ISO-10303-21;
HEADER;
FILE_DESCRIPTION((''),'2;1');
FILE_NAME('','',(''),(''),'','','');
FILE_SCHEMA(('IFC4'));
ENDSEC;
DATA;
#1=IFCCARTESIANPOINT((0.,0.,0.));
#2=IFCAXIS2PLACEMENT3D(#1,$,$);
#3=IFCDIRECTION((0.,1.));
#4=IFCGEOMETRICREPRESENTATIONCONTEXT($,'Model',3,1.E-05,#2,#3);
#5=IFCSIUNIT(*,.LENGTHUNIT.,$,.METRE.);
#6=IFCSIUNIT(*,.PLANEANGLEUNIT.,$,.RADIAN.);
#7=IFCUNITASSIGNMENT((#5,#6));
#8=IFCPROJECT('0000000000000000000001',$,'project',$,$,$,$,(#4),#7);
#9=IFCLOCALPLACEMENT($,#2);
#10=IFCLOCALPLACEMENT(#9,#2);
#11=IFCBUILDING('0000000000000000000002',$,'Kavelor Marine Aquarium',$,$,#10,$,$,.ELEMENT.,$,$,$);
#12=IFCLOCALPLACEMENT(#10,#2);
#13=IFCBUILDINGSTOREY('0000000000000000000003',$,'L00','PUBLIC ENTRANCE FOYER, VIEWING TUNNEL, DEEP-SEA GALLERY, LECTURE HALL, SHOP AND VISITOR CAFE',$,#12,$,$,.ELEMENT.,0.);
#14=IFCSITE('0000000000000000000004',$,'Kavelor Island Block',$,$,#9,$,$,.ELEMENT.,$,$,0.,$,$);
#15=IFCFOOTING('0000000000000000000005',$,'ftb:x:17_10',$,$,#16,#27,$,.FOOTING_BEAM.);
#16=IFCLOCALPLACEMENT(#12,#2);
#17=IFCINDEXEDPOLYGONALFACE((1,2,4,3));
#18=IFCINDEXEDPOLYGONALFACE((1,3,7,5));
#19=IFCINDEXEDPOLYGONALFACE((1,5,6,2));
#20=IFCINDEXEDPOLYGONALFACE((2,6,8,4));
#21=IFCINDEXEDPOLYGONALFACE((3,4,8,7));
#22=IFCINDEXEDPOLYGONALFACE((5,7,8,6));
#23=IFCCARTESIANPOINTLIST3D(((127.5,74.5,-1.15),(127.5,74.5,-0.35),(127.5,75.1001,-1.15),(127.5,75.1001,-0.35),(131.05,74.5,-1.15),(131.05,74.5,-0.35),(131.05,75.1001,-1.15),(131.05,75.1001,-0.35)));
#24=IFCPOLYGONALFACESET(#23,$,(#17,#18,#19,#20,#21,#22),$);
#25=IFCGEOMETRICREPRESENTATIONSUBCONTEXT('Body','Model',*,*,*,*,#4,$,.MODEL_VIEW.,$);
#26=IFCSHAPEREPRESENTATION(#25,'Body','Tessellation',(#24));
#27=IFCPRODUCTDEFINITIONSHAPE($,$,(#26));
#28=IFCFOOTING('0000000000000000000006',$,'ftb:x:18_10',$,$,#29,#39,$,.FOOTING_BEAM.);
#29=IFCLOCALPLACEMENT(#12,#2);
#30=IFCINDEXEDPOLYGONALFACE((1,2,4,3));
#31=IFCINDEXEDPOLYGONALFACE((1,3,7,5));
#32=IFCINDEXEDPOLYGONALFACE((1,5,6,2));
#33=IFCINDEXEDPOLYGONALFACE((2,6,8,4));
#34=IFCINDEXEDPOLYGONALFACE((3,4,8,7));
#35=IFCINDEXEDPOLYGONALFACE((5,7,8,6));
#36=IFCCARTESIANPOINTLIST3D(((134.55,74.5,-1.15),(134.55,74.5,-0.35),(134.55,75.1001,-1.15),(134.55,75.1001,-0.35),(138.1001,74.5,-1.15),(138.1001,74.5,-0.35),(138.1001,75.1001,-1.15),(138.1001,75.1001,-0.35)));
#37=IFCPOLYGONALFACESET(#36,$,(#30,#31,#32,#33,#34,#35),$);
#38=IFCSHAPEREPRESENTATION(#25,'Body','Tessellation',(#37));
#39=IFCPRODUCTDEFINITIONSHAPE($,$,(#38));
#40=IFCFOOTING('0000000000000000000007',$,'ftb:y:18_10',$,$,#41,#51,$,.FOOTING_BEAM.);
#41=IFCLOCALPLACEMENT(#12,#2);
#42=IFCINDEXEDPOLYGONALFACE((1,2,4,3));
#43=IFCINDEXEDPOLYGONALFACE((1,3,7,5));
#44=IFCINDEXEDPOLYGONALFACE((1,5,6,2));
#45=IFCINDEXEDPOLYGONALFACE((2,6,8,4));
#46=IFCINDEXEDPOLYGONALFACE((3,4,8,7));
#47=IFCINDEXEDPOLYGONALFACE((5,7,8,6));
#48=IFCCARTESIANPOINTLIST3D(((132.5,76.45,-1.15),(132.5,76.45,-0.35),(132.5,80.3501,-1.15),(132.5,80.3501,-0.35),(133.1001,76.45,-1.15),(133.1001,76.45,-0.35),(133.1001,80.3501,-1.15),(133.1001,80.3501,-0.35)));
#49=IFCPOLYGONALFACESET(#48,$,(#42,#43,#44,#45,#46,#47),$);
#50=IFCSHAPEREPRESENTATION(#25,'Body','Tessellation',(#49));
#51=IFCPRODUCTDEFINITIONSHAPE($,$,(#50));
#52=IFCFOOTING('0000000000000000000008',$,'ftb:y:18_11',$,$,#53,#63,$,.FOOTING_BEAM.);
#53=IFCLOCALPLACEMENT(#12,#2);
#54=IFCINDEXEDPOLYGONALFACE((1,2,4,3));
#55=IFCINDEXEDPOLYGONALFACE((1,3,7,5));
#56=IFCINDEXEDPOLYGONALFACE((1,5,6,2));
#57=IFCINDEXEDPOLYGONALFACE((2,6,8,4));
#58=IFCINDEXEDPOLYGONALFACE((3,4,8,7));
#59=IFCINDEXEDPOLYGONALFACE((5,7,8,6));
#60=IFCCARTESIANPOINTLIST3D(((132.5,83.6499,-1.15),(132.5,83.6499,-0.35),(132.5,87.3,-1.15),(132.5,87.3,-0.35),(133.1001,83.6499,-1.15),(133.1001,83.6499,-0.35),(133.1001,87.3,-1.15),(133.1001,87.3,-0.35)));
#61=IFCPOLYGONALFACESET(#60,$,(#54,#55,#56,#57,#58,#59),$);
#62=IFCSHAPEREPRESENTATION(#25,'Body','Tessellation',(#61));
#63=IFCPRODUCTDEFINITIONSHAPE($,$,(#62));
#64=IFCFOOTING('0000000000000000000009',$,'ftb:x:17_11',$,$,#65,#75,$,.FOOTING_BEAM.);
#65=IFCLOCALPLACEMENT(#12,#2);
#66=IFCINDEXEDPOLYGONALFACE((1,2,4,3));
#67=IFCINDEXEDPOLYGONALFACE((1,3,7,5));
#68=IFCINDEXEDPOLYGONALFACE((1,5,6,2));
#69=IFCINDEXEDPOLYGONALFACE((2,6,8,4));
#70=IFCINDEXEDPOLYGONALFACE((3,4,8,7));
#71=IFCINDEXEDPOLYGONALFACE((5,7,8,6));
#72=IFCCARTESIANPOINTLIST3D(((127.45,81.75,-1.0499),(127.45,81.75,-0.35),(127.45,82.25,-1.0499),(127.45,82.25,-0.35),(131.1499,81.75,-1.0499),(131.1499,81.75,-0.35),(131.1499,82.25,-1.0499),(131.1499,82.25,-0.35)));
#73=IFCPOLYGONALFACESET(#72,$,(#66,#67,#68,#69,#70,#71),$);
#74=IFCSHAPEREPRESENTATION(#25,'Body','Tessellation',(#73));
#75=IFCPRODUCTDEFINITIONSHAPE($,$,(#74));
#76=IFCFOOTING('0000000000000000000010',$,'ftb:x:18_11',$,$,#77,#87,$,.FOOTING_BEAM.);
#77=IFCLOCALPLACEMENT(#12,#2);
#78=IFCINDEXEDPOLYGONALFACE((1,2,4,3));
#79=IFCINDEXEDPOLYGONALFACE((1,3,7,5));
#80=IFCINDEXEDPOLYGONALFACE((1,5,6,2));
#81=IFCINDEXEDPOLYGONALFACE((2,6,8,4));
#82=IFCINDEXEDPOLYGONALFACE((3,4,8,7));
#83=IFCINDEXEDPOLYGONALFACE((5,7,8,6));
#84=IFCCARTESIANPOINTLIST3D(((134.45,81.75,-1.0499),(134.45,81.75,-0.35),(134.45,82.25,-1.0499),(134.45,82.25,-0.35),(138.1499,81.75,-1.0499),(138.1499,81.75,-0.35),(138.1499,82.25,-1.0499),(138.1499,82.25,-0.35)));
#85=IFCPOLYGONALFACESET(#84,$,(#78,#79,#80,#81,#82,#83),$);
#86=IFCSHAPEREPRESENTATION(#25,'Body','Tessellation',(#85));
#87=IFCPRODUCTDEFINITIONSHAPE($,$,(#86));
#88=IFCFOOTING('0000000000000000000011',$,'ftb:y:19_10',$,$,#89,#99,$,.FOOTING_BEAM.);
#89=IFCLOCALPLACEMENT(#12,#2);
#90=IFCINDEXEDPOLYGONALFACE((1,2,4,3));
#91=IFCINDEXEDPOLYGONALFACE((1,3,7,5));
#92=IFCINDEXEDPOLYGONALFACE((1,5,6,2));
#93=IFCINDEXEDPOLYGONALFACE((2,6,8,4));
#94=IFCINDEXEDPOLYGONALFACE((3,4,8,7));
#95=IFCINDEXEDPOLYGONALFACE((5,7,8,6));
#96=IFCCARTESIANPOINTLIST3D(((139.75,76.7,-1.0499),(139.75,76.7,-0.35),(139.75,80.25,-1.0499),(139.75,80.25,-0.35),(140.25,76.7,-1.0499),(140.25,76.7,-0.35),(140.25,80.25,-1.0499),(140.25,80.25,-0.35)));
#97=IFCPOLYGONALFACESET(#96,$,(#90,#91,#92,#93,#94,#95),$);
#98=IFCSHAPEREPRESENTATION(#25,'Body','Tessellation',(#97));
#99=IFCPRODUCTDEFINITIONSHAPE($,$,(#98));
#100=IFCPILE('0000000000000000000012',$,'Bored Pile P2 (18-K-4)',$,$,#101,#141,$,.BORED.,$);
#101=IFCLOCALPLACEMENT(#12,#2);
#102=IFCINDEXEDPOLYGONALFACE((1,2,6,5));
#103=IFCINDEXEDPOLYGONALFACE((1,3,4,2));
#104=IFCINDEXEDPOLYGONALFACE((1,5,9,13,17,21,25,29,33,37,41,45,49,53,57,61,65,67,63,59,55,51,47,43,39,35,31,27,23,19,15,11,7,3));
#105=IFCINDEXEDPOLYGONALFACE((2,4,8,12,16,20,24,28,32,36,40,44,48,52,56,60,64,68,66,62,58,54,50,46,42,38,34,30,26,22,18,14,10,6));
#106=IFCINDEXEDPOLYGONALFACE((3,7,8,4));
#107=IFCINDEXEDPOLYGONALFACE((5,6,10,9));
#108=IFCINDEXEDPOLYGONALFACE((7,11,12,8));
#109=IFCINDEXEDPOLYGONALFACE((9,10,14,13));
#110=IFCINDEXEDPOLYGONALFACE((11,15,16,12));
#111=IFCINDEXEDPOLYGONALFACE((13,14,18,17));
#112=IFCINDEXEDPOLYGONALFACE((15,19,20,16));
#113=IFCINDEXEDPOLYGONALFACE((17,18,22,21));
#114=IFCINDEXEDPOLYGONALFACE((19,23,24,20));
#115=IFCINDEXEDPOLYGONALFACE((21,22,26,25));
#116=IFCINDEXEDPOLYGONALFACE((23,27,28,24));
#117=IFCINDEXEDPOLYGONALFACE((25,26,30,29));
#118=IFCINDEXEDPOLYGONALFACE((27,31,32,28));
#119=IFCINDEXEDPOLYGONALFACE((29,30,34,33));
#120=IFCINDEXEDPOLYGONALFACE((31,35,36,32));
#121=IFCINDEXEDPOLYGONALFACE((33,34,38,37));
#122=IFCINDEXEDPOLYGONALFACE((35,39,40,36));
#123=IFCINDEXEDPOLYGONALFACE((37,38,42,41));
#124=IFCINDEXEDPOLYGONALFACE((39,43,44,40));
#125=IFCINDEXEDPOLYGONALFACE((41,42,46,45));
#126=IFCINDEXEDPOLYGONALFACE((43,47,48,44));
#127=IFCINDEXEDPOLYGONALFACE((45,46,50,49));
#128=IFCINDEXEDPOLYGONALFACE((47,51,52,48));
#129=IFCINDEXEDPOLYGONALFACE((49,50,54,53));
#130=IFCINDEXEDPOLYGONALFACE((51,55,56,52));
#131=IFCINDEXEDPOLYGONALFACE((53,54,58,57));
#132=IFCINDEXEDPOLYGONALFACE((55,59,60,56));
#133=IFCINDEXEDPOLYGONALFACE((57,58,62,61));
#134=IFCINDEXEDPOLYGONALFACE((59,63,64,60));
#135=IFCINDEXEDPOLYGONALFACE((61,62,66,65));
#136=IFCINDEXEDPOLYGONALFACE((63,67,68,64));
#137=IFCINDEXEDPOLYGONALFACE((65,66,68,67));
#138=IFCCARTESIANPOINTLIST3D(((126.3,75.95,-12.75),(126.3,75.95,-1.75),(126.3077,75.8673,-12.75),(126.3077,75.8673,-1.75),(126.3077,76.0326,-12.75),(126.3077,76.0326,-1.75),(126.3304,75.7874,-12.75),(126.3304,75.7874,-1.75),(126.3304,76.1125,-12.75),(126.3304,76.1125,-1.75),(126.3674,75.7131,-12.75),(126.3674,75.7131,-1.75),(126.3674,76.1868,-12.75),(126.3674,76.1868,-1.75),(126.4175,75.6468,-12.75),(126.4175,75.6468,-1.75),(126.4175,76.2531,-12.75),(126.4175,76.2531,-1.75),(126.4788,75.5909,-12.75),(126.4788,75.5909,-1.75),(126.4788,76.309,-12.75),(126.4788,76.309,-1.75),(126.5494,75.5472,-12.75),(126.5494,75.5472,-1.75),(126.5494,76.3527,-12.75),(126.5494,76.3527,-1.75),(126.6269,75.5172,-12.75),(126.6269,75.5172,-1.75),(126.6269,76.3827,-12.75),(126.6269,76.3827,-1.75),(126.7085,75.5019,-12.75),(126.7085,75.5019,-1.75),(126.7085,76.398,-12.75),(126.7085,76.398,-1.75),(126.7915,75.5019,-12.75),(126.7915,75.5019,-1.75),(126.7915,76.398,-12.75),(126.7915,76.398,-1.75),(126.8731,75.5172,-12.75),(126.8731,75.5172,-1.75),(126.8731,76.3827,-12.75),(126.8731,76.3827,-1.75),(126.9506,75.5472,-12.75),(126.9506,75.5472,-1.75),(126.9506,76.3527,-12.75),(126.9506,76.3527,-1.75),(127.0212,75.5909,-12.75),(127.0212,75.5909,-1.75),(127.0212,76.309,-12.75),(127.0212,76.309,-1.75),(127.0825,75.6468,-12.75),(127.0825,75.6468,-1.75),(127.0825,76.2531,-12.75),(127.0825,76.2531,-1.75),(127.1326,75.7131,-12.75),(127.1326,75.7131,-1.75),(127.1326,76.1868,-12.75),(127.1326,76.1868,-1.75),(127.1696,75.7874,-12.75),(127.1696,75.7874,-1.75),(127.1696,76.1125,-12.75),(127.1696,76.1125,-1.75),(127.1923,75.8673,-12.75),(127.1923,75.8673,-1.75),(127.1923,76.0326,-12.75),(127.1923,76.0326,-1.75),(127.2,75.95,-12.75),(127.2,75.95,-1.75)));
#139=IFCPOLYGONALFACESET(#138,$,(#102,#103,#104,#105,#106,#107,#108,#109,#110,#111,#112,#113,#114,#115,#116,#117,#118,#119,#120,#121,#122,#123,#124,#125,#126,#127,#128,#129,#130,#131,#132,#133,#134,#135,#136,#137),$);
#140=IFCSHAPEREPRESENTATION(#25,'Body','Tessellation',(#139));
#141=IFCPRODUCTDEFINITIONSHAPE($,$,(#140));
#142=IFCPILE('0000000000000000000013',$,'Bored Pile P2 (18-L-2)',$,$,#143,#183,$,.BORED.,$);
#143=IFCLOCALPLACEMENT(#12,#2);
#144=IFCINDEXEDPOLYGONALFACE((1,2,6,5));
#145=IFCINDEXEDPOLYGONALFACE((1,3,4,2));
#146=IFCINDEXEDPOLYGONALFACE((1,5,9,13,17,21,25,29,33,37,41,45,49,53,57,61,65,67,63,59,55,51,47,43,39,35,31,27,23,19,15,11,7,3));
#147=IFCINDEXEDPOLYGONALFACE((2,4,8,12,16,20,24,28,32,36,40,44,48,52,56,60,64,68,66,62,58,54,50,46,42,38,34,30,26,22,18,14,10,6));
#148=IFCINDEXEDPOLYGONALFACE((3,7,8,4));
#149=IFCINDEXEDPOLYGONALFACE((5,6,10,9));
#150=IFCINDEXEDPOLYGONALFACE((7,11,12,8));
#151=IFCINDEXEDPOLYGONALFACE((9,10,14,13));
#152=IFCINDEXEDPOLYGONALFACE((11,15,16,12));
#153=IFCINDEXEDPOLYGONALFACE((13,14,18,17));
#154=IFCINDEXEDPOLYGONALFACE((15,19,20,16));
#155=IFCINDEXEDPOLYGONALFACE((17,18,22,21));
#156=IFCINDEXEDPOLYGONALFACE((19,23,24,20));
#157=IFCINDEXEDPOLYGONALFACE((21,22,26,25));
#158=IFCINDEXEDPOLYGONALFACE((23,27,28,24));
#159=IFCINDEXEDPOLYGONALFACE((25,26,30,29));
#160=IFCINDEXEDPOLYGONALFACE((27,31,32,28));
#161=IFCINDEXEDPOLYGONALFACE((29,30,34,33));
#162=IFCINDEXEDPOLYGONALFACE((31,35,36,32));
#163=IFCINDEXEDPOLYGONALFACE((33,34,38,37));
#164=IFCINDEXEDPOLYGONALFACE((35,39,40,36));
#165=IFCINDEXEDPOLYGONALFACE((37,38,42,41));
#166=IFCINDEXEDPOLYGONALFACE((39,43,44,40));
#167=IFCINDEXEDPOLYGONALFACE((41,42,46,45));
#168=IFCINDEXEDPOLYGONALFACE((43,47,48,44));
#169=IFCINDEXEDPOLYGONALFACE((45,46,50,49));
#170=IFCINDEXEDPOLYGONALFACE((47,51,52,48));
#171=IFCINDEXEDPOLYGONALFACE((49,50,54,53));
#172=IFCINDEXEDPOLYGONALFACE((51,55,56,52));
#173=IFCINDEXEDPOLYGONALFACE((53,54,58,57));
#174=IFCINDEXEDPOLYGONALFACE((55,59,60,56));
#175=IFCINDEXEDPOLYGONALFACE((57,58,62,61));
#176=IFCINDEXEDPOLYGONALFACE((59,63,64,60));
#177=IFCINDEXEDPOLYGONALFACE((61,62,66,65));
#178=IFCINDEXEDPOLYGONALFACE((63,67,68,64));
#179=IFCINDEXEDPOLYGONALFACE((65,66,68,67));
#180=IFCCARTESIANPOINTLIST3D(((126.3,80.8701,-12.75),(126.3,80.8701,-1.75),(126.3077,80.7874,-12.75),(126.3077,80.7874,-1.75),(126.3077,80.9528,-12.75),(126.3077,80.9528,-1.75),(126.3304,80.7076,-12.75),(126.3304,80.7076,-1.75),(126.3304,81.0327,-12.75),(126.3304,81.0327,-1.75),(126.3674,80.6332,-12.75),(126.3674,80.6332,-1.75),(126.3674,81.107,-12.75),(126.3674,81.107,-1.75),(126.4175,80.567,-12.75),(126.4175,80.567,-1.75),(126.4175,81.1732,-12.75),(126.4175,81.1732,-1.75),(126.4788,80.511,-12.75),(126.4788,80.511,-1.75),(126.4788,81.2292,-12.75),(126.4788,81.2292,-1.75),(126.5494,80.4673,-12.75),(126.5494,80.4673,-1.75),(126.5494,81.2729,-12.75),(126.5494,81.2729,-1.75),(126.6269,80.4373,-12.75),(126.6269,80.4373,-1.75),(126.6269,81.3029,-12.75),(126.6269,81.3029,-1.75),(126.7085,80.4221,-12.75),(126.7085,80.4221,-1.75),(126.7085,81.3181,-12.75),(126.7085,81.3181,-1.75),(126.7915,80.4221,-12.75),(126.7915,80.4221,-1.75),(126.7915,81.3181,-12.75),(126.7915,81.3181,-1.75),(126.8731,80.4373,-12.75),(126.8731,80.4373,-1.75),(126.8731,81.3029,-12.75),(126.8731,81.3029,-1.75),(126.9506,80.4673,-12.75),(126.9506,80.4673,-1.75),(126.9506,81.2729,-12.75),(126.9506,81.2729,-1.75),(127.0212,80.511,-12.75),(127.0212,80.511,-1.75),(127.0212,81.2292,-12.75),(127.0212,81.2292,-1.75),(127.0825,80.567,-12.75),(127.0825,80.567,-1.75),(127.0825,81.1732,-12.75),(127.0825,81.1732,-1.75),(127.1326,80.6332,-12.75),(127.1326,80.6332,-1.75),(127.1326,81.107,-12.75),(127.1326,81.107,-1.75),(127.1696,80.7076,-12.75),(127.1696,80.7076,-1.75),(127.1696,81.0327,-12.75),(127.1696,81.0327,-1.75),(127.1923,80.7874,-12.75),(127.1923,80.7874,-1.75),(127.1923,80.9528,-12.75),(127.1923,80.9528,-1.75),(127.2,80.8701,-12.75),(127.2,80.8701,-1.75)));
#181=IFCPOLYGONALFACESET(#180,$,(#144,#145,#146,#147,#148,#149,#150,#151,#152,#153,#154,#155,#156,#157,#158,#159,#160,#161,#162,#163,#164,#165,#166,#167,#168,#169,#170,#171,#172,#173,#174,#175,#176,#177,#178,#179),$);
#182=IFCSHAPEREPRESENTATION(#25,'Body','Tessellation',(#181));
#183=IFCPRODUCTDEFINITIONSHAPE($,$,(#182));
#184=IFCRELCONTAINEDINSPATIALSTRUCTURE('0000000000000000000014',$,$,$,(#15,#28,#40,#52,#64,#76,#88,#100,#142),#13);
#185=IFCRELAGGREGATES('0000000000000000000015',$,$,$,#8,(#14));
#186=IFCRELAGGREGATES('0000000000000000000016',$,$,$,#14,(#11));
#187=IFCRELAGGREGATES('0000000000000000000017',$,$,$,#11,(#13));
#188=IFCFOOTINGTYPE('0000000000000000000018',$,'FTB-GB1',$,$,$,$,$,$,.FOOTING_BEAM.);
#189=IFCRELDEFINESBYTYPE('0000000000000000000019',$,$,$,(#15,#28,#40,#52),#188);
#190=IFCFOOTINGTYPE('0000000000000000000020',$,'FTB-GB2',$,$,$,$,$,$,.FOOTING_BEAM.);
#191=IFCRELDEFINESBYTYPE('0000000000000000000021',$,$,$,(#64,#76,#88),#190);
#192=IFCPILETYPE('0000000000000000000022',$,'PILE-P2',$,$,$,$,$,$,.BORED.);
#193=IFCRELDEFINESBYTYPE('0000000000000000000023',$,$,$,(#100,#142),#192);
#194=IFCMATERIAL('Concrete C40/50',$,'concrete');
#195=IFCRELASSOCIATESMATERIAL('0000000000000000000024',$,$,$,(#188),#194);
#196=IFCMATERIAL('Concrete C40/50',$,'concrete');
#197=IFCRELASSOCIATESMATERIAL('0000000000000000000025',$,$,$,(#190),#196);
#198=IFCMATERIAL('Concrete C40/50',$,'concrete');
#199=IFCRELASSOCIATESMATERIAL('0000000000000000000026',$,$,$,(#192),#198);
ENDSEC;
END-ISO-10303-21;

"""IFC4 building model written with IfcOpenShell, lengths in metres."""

from ifc_helpers import new_model, si_unit, direction, frame, origin, origin_2d, place, context, subcontext, project, spatial, rectangle, circle, extrude, material, material_profile, profile_set, type_object, element, save


model = new_model("IFC4")

# Units and contexts
model_context = context("Model", 3, precision=1e-05, world=origin(), true_north=direction((0.0, 1.0)))
body_context = subcontext(model_context, "Body", "Model", "MODEL_VIEW")
ifc_project = project(units=[si_unit("LENGTHUNIT", "METRE"), si_unit("PLANEANGLEUNIT", "RADIAN")], contexts=[model_context])

# Site, building, storey
site_placement = place(None, origin())
site = spatial("IfcSite", under=ifc_project, at=site_placement, Name="Kavelor Island Block", CompositionType="ELEMENT", RefElevation=0.0)
building_placement = place(site_placement, origin())
building = spatial("IfcBuilding", under=site, at=building_placement, Name="Kavelor Marine Aquarium", CompositionType="ELEMENT")
storey_placement = place(building_placement, origin())
storey = spatial("IfcBuildingStorey", under=building, at=storey_placement, Name="L00", Description="PUBLIC ENTRANCE FOYER, VIEWING TUNNEL, DEEP-SEA GALLERY, LECTURE HALL, SHOP AND VISITOR CAFE", CompositionType="ELEMENT", Elevation=0.0)

# Footings
ifc_material_1 = material(Name="Concrete C40/50", Category="concrete")
ifc_material_profile_1 = material_profile(ifc_material_1, rectangle(XDim=0.6001, YDim=0.8, at=origin_2d()), Name="GB 600x800")
ifc_profile_set_1 = profile_set([ifc_material_profile_1], Name="Concrete C40/50")
footing_type_1 = type_object("IfcFootingType", Name="FTB-GB1", PredefinedType="FOOTING_BEAM", material=ifc_profile_set_1)
for number, where, z_axis, x_axis, name in (
    (1, (127.5, 74.8, -0.75), (1.0, 0.0, 0.0), (0.0, 1.0, 0.0), "ftb:x:17_10"),
    (2, (134.55, 74.8, -0.75), (1.0, 0.0, 0.0), (0.0, 1.0, 0.0), "ftb:x:18_10"),
):
    element("IfcFooting", number, at=place(storey_placement, frame(where, z_axis=z_axis, x_axis=x_axis)), inside=storey, type_object=footing_type_1, Name=name, PredefinedType="FOOTING_BEAM", context=body_context, shape_type="SweptSolid", body=[
        extrude(rectangle(XDim=0.6001, YDim=0.8, at=origin_2d()), origin(), (0.0, 0.0, 1.0), 3.55),
    ])
footing_1_placement = place(storey_placement, frame((132.8, 76.45, -0.75), z_axis=(0.0, 1.0, 0.0), x_axis=(-1.0, 0.0, 0.0)))
element("IfcFooting", 3, at=footing_1_placement, inside=storey, type_object=footing_type_1, Name="ftb:y:18_10", PredefinedType="FOOTING_BEAM", context=body_context, shape_type="SweptSolid", body=[
    extrude(rectangle(XDim=0.6001, YDim=0.8, at=origin_2d()), origin(), (0.0, 0.0, 1.0), 3.9001),
])
footing_2_placement = place(storey_placement, frame((132.8, 83.6499, -0.75), z_axis=(0.0, 1.0, 0.0), x_axis=(-1.0, 0.0, 0.0)))
element("IfcFooting", 4, at=footing_2_placement, inside=storey, type_object=footing_type_1, Name="ftb:y:18_11", PredefinedType="FOOTING_BEAM", context=body_context, shape_type="SweptSolid", body=[
    extrude(rectangle(XDim=0.6001, YDim=0.8, at=origin_2d()), origin(), (0.0, 0.0, 1.0), 3.6501),
])
ifc_material_2 = material(Name="Concrete C40/50", Category="concrete")
ifc_material_profile_2 = material_profile(ifc_material_2, rectangle(XDim=0.5, YDim=0.7, at=origin_2d()), Name="GB 500x700")
ifc_profile_set_2 = profile_set([ifc_material_profile_2], Name="Concrete C40/50")
footing_type_2 = type_object("IfcFootingType", Name="FTB-GB2", PredefinedType="FOOTING_BEAM", material=ifc_profile_set_2)
for number, where, z_axis, x_axis, name in (
    (5, (127.45, 82.0, -0.7), (1.0, 0.0, 0.0), (0.0, 1.0, 0.0), "ftb:x:17_11"),
    (6, (134.45, 82.0, -0.7), (1.0, 0.0, 0.0), (0.0, 1.0, 0.0), "ftb:x:18_11"),
):
    element("IfcFooting", number, at=place(storey_placement, frame(where, z_axis=z_axis, x_axis=x_axis)), inside=storey, type_object=footing_type_2, Name=name, PredefinedType="FOOTING_BEAM", context=body_context, shape_type="SweptSolid", body=[
        extrude(rectangle(XDim=0.5, YDim=0.7, at=origin_2d()), origin(), (0.0, 0.0, 1.0), 3.7),
    ])
footing_3_placement = place(storey_placement, frame((140.0, 76.7, -0.7), z_axis=(0.0, 1.0, 0.0), x_axis=(-1.0, 0.0, 0.0)))
element("IfcFooting", 7, at=footing_3_placement, inside=storey, type_object=footing_type_2, Name="ftb:y:19_10", PredefinedType="FOOTING_BEAM", context=body_context, shape_type="SweptSolid", body=[
    extrude(rectangle(XDim=0.5, YDim=0.7, at=origin_2d()), origin(), (0.0, 0.0, 1.0), 3.55),
])

# Piles
ifc_material_3 = material(Name="Concrete C40/50", Category="concrete")
ifc_material_profile_3 = material_profile(ifc_material_3, circle(Radius=0.45, at=origin_2d()), Name="PILE D900")
ifc_profile_set_3 = profile_set([ifc_material_profile_3], Name="Concrete C40/50")
pile_type_1 = type_object("IfcPileType", Name="PILE-P2", PredefinedType="BORED", material=ifc_profile_set_3)
for number, where, z_axis, x_axis, name in (
    (8, (126.75, 75.95, -1.75), (0.0, 0.0, -1.0), (1.0, 0.0, 0.0), "Bored Pile P2 (18-K-4)"),
    (9, (126.75, 80.8701, -1.75), (0.0, 0.0, -1.0), (1.0, 0.0, 0.0), "Bored Pile P2 (18-L-2)"),
):
    element("IfcPile", number, at=place(storey_placement, frame(where, z_axis=z_axis, x_axis=x_axis)), inside=storey, type_object=pile_type_1, Name=name, PredefinedType="BORED", context=body_context, shape_type="SweptSolid", body=[
        extrude(circle(Radius=0.45, at=origin_2d()), origin(), (0.0, 0.0, 1.0), 11.0),
    ])

save(model, "model.ifc")
